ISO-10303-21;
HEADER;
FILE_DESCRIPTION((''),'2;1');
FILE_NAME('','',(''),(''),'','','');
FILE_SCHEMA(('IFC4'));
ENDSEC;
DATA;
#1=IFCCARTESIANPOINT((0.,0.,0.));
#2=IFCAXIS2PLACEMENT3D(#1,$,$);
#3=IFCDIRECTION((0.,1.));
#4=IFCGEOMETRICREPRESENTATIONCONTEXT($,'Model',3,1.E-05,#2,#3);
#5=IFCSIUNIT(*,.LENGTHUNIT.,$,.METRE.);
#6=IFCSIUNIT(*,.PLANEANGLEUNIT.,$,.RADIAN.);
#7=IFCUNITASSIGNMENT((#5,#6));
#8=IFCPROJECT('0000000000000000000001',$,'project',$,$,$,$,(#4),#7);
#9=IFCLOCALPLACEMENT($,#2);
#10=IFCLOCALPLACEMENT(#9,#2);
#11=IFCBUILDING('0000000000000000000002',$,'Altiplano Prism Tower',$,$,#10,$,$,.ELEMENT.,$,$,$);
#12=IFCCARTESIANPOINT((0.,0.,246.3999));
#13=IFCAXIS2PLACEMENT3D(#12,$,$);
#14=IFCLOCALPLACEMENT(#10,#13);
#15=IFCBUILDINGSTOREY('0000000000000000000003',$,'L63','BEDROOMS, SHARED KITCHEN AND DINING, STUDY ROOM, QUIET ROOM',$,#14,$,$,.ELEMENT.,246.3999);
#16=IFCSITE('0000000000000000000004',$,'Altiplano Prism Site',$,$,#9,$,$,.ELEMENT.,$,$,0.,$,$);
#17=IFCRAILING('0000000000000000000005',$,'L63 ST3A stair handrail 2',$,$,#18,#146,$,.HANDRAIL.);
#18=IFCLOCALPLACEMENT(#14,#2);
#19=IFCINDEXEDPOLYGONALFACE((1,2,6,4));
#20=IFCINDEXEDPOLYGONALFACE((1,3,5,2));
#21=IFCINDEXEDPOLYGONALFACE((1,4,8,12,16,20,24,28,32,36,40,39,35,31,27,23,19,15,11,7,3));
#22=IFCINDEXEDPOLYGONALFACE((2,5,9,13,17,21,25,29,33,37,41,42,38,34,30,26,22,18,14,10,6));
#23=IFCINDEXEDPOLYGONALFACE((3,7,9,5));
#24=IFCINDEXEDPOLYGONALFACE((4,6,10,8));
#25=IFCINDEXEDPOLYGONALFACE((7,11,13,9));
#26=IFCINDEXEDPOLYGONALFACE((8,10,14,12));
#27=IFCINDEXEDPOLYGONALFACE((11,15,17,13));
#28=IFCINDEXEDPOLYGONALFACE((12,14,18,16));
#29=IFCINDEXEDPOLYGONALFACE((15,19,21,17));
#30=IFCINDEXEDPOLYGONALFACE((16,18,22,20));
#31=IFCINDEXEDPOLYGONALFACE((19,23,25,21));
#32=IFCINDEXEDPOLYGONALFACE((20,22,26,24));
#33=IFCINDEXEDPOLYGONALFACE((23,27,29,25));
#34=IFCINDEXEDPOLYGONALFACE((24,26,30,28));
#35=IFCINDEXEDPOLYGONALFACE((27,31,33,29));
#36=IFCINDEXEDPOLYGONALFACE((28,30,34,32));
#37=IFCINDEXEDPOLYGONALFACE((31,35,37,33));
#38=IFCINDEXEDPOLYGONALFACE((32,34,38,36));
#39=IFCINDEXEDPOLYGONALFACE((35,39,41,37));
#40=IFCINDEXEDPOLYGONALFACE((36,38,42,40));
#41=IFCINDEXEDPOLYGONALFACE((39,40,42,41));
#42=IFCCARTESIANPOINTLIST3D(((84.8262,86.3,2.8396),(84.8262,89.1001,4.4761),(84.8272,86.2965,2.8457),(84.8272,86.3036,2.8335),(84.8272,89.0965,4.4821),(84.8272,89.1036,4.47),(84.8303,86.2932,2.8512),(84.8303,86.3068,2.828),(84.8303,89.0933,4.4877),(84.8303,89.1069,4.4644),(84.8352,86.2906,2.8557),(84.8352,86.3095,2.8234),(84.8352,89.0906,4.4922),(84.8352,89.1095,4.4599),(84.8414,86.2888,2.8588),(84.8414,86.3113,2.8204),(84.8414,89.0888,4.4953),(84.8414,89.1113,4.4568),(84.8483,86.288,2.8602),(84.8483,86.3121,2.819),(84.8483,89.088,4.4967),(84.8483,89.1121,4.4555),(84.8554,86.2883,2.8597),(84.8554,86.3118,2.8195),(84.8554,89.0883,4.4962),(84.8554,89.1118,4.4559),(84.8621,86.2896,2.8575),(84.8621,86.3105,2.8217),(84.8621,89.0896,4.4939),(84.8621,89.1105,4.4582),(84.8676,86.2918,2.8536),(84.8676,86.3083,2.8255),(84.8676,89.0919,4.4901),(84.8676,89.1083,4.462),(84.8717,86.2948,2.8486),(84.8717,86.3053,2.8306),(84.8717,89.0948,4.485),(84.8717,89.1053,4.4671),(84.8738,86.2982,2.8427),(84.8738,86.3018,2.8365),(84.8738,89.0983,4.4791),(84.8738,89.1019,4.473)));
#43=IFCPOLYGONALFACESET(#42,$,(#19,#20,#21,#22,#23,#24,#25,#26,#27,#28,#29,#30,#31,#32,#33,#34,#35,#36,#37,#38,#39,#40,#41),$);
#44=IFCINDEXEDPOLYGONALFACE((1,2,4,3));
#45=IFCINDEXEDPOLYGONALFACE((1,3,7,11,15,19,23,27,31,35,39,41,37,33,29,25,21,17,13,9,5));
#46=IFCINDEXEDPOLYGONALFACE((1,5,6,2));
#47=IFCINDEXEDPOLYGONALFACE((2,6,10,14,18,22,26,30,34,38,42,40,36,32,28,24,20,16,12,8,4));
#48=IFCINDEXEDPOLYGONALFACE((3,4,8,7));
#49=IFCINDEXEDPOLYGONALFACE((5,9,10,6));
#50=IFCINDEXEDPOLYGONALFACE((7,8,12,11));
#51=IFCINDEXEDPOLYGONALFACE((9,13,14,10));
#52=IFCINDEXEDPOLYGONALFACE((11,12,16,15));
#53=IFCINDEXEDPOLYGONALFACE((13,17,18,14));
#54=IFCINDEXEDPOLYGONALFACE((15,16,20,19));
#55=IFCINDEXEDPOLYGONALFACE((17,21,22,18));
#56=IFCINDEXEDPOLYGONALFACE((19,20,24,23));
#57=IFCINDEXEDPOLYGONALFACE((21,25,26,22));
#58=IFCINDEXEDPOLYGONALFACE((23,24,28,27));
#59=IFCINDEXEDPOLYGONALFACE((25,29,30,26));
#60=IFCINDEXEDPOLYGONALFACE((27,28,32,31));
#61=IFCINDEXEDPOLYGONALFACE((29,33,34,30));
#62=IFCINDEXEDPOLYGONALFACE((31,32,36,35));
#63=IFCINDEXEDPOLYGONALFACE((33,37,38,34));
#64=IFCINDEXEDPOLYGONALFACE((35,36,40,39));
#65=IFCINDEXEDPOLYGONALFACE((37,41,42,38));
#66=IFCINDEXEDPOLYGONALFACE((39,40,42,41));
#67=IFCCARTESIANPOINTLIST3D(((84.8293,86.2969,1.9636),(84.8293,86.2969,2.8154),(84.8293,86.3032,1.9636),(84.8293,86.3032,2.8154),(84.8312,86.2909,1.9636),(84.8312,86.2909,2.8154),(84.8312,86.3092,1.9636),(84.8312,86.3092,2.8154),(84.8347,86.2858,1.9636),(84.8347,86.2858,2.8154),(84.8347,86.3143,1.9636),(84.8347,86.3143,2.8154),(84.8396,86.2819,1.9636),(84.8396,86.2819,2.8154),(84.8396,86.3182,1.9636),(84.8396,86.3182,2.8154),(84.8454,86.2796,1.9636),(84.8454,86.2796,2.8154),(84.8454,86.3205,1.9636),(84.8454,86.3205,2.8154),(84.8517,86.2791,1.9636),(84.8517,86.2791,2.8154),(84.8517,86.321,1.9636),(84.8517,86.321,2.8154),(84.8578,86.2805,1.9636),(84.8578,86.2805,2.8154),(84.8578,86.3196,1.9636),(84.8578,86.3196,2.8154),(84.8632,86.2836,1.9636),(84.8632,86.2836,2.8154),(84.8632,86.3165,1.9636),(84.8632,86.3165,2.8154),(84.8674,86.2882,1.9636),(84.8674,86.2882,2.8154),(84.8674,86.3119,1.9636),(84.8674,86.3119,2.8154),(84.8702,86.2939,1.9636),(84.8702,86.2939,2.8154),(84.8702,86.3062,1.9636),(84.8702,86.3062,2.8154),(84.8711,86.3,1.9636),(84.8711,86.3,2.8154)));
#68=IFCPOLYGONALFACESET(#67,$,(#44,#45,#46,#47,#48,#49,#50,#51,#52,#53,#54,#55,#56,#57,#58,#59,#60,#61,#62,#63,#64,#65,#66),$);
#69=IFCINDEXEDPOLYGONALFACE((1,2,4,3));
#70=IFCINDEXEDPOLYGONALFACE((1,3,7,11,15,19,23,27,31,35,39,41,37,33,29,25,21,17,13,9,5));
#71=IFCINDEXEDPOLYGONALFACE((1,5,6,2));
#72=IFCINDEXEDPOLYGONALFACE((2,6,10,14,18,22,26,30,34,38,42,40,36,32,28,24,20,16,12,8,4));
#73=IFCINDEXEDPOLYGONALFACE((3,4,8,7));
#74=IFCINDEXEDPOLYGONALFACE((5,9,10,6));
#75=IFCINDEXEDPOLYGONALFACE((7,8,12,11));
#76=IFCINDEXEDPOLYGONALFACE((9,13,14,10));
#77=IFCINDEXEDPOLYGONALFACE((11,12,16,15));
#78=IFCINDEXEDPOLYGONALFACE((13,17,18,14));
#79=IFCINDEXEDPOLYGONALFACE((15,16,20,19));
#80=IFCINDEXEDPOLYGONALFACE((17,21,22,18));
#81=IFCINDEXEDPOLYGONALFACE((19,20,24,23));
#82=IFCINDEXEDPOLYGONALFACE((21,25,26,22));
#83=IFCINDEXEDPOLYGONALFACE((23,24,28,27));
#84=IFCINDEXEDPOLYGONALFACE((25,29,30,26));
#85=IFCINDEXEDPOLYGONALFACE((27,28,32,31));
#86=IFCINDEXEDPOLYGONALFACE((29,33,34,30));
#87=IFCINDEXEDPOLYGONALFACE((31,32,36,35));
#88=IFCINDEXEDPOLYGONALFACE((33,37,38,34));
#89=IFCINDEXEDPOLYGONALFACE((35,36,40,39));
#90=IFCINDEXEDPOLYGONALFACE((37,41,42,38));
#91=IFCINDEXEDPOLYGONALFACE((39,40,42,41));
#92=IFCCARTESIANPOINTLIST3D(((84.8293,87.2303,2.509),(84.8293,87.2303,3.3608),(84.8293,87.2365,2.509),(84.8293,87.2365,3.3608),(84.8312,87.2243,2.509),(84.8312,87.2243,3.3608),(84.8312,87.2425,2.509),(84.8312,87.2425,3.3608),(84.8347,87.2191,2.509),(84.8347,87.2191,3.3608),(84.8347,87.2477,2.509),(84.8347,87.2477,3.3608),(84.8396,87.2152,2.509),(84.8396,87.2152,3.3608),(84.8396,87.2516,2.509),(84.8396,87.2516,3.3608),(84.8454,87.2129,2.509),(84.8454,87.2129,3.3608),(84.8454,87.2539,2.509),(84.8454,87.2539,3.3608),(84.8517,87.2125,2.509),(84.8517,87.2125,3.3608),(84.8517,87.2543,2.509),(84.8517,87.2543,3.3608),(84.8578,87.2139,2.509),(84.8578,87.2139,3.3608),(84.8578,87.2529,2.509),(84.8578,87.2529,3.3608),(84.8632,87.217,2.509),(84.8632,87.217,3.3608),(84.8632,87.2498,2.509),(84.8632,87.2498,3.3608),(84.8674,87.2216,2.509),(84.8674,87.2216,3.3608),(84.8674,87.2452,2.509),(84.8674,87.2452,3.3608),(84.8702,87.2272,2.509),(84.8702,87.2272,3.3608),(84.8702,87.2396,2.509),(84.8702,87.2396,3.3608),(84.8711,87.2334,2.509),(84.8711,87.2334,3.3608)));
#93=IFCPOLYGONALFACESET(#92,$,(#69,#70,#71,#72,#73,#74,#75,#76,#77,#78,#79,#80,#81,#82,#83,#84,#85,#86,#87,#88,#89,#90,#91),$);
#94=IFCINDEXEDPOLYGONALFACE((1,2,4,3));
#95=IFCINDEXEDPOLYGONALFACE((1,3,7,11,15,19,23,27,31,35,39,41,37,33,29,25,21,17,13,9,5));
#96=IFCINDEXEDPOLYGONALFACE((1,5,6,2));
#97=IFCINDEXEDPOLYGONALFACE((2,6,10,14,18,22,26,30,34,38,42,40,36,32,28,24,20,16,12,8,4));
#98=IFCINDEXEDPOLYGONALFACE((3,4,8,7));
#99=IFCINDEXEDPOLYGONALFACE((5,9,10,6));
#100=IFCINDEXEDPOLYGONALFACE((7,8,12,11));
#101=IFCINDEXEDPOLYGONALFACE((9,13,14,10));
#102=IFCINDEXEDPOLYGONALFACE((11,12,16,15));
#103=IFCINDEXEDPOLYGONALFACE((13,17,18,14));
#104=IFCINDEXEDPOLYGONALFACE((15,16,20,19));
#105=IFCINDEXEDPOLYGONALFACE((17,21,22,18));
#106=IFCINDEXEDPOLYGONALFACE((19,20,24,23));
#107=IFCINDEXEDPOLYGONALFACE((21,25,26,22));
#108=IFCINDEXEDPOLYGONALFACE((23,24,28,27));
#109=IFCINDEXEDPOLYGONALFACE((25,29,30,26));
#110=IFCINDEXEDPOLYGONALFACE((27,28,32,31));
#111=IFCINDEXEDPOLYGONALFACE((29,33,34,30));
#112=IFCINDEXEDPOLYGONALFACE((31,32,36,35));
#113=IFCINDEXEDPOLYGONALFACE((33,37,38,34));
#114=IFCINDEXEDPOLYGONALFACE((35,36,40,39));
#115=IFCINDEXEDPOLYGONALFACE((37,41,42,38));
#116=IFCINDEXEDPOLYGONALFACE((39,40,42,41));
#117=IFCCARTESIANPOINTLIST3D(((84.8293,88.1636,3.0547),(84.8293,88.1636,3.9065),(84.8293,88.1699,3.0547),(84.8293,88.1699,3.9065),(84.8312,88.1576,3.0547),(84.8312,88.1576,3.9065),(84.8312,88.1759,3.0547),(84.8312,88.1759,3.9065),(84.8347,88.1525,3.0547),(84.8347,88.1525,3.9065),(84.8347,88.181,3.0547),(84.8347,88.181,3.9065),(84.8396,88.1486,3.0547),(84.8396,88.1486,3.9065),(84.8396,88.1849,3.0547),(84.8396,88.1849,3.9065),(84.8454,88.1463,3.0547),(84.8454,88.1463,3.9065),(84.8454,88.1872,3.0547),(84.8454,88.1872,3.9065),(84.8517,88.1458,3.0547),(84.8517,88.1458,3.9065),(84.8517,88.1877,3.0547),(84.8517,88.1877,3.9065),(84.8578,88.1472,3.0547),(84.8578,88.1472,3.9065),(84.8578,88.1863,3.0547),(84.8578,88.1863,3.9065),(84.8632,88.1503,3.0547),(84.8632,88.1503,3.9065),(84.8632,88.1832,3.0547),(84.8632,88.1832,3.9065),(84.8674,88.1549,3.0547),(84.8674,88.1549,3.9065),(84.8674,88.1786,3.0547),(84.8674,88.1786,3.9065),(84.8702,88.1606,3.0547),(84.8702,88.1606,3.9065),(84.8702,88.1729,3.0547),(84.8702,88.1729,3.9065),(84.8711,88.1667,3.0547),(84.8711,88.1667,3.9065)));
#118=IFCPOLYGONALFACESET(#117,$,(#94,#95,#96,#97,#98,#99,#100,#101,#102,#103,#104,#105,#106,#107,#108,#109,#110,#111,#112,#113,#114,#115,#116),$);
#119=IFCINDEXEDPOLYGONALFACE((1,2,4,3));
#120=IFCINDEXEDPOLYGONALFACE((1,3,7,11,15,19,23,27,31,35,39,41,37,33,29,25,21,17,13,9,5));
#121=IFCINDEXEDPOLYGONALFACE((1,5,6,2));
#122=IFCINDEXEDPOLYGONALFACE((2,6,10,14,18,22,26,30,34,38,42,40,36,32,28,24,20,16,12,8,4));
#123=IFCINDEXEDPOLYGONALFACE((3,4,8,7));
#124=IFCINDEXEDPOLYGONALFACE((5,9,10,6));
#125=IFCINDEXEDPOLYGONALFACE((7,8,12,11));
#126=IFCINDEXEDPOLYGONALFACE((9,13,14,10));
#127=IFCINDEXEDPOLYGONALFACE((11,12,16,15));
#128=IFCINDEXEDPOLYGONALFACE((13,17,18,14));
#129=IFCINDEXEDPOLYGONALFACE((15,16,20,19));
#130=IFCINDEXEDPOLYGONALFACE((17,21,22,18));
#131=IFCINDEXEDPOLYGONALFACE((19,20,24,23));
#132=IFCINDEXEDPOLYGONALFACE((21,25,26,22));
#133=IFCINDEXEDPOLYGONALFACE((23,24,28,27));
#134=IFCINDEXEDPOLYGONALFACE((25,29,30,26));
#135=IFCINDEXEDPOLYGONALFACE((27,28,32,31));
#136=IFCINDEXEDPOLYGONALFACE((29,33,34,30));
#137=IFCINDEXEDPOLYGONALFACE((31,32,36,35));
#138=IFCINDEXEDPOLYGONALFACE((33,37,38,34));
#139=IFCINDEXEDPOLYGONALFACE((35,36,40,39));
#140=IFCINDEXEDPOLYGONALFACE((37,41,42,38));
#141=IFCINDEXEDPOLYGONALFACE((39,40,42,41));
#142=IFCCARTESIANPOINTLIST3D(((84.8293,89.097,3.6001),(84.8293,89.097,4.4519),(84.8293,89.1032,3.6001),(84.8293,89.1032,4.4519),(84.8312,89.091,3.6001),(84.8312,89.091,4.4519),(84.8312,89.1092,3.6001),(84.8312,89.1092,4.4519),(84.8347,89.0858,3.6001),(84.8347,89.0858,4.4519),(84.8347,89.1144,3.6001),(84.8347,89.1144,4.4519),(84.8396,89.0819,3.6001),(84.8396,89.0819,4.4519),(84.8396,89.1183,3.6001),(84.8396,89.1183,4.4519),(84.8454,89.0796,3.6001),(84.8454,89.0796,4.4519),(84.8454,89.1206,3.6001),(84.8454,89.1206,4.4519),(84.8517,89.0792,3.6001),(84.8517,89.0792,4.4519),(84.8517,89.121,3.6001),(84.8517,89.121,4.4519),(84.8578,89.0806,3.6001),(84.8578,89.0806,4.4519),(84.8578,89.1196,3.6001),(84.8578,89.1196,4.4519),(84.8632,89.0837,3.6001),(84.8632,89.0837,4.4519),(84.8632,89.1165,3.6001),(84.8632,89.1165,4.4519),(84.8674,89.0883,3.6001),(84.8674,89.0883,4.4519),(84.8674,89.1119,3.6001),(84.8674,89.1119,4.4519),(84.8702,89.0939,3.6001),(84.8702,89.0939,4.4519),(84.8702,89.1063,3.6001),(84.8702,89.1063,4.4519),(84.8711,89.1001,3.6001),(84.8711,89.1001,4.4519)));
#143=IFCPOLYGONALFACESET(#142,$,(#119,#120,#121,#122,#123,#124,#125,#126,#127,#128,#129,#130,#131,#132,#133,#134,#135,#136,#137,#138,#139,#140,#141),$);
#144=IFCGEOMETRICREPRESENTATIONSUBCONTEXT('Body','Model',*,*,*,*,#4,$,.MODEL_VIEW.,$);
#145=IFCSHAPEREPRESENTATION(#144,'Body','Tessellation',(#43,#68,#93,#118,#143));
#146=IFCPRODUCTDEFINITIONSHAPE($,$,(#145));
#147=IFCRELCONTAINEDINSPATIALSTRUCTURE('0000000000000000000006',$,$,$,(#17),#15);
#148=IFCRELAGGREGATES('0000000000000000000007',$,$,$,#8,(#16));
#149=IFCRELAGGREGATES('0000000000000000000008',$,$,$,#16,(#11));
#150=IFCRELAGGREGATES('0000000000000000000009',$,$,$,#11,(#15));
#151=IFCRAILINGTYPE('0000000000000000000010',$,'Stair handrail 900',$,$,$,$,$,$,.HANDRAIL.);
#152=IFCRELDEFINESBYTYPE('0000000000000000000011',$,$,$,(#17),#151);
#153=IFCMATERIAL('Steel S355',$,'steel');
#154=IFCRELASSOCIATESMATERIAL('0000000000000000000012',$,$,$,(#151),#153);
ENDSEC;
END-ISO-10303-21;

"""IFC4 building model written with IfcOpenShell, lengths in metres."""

from ifc_helpers import new_model, si_unit, direction, frame, origin, origin_2d, place, context, subcontext, project, spatial, circle, extrude, material, type_object, element, save


model = new_model("IFC4")

# Units and contexts
model_context = context("Model", 3, precision=1e-05, world=origin(), true_north=direction((0.0, 1.0)))
body_context = subcontext(model_context, "Body", "Model", "MODEL_VIEW")
ifc_project = project(units=[si_unit("LENGTHUNIT", "METRE"), si_unit("PLANEANGLEUNIT", "RADIAN")], contexts=[model_context])

# Site, building, storey
site_placement = place(None, origin())
site = spatial("IfcSite", under=ifc_project, at=site_placement, Name="Altiplano Prism Site", CompositionType="ELEMENT", RefElevation=0.0)
building_placement = place(site_placement, origin())
building = spatial("IfcBuilding", under=site, at=building_placement, Name="Altiplano Prism Tower", CompositionType="ELEMENT")
storey_placement = place(building_placement, frame((0.0, 0.0, 246.3999)))
storey = spatial("IfcBuildingStorey", under=building, at=storey_placement, Name="L63", Description="BEDROOMS, SHARED KITCHEN AND DINING, STUDY ROOM, QUIET ROOM", CompositionType="ELEMENT", Elevation=246.3999)

# Railing
ifc_material_1 = material(Name="Steel S355", Category="steel")
railing_type = type_object("IfcRailingType", Name="Stair handrail 900", PredefinedType="HANDRAIL", material=ifc_material_1)
railing_1_placement = place(storey_placement, frame((84.8501, 86.3, 1.9636)))
element("IfcRailing", 1, at=railing_1_placement, inside=storey, type_object=railing_type, Name="L63 ST3A stair handrail 2", PredefinedType="HANDRAIL", context=body_context, shape_type="SweptSolid", body=[
    extrude(circle(Radius=0.0239, at=origin_2d()), frame((0.0, 0.0, 0.876), z_axis=(0.0, 0.863361, 0.504587), x_axis=(-1.0, 0.0, 0.0)), (0.0, 0.0, 1.0), 3.2432),
    extrude(circle(Radius=0.021, at=origin_2d()), origin(), (0.0, 0.0, 1.0), 0.8518),
    extrude(circle(Radius=0.021, at=origin_2d()), frame((0.0, 0.9333, 0.5454)), (0.0, 0.0, 1.0), 0.8518),
    extrude(circle(Radius=0.021, at=origin_2d()), frame((0.0, 1.8667, 1.0911)), (0.0, 0.0, 1.0), 0.8518),
    extrude(circle(Radius=0.021, at=origin_2d()), frame((0.0, 2.8, 1.6365)), (0.0, 0.0, 1.0), 0.8518),
])

save(model, "model.ifc")
